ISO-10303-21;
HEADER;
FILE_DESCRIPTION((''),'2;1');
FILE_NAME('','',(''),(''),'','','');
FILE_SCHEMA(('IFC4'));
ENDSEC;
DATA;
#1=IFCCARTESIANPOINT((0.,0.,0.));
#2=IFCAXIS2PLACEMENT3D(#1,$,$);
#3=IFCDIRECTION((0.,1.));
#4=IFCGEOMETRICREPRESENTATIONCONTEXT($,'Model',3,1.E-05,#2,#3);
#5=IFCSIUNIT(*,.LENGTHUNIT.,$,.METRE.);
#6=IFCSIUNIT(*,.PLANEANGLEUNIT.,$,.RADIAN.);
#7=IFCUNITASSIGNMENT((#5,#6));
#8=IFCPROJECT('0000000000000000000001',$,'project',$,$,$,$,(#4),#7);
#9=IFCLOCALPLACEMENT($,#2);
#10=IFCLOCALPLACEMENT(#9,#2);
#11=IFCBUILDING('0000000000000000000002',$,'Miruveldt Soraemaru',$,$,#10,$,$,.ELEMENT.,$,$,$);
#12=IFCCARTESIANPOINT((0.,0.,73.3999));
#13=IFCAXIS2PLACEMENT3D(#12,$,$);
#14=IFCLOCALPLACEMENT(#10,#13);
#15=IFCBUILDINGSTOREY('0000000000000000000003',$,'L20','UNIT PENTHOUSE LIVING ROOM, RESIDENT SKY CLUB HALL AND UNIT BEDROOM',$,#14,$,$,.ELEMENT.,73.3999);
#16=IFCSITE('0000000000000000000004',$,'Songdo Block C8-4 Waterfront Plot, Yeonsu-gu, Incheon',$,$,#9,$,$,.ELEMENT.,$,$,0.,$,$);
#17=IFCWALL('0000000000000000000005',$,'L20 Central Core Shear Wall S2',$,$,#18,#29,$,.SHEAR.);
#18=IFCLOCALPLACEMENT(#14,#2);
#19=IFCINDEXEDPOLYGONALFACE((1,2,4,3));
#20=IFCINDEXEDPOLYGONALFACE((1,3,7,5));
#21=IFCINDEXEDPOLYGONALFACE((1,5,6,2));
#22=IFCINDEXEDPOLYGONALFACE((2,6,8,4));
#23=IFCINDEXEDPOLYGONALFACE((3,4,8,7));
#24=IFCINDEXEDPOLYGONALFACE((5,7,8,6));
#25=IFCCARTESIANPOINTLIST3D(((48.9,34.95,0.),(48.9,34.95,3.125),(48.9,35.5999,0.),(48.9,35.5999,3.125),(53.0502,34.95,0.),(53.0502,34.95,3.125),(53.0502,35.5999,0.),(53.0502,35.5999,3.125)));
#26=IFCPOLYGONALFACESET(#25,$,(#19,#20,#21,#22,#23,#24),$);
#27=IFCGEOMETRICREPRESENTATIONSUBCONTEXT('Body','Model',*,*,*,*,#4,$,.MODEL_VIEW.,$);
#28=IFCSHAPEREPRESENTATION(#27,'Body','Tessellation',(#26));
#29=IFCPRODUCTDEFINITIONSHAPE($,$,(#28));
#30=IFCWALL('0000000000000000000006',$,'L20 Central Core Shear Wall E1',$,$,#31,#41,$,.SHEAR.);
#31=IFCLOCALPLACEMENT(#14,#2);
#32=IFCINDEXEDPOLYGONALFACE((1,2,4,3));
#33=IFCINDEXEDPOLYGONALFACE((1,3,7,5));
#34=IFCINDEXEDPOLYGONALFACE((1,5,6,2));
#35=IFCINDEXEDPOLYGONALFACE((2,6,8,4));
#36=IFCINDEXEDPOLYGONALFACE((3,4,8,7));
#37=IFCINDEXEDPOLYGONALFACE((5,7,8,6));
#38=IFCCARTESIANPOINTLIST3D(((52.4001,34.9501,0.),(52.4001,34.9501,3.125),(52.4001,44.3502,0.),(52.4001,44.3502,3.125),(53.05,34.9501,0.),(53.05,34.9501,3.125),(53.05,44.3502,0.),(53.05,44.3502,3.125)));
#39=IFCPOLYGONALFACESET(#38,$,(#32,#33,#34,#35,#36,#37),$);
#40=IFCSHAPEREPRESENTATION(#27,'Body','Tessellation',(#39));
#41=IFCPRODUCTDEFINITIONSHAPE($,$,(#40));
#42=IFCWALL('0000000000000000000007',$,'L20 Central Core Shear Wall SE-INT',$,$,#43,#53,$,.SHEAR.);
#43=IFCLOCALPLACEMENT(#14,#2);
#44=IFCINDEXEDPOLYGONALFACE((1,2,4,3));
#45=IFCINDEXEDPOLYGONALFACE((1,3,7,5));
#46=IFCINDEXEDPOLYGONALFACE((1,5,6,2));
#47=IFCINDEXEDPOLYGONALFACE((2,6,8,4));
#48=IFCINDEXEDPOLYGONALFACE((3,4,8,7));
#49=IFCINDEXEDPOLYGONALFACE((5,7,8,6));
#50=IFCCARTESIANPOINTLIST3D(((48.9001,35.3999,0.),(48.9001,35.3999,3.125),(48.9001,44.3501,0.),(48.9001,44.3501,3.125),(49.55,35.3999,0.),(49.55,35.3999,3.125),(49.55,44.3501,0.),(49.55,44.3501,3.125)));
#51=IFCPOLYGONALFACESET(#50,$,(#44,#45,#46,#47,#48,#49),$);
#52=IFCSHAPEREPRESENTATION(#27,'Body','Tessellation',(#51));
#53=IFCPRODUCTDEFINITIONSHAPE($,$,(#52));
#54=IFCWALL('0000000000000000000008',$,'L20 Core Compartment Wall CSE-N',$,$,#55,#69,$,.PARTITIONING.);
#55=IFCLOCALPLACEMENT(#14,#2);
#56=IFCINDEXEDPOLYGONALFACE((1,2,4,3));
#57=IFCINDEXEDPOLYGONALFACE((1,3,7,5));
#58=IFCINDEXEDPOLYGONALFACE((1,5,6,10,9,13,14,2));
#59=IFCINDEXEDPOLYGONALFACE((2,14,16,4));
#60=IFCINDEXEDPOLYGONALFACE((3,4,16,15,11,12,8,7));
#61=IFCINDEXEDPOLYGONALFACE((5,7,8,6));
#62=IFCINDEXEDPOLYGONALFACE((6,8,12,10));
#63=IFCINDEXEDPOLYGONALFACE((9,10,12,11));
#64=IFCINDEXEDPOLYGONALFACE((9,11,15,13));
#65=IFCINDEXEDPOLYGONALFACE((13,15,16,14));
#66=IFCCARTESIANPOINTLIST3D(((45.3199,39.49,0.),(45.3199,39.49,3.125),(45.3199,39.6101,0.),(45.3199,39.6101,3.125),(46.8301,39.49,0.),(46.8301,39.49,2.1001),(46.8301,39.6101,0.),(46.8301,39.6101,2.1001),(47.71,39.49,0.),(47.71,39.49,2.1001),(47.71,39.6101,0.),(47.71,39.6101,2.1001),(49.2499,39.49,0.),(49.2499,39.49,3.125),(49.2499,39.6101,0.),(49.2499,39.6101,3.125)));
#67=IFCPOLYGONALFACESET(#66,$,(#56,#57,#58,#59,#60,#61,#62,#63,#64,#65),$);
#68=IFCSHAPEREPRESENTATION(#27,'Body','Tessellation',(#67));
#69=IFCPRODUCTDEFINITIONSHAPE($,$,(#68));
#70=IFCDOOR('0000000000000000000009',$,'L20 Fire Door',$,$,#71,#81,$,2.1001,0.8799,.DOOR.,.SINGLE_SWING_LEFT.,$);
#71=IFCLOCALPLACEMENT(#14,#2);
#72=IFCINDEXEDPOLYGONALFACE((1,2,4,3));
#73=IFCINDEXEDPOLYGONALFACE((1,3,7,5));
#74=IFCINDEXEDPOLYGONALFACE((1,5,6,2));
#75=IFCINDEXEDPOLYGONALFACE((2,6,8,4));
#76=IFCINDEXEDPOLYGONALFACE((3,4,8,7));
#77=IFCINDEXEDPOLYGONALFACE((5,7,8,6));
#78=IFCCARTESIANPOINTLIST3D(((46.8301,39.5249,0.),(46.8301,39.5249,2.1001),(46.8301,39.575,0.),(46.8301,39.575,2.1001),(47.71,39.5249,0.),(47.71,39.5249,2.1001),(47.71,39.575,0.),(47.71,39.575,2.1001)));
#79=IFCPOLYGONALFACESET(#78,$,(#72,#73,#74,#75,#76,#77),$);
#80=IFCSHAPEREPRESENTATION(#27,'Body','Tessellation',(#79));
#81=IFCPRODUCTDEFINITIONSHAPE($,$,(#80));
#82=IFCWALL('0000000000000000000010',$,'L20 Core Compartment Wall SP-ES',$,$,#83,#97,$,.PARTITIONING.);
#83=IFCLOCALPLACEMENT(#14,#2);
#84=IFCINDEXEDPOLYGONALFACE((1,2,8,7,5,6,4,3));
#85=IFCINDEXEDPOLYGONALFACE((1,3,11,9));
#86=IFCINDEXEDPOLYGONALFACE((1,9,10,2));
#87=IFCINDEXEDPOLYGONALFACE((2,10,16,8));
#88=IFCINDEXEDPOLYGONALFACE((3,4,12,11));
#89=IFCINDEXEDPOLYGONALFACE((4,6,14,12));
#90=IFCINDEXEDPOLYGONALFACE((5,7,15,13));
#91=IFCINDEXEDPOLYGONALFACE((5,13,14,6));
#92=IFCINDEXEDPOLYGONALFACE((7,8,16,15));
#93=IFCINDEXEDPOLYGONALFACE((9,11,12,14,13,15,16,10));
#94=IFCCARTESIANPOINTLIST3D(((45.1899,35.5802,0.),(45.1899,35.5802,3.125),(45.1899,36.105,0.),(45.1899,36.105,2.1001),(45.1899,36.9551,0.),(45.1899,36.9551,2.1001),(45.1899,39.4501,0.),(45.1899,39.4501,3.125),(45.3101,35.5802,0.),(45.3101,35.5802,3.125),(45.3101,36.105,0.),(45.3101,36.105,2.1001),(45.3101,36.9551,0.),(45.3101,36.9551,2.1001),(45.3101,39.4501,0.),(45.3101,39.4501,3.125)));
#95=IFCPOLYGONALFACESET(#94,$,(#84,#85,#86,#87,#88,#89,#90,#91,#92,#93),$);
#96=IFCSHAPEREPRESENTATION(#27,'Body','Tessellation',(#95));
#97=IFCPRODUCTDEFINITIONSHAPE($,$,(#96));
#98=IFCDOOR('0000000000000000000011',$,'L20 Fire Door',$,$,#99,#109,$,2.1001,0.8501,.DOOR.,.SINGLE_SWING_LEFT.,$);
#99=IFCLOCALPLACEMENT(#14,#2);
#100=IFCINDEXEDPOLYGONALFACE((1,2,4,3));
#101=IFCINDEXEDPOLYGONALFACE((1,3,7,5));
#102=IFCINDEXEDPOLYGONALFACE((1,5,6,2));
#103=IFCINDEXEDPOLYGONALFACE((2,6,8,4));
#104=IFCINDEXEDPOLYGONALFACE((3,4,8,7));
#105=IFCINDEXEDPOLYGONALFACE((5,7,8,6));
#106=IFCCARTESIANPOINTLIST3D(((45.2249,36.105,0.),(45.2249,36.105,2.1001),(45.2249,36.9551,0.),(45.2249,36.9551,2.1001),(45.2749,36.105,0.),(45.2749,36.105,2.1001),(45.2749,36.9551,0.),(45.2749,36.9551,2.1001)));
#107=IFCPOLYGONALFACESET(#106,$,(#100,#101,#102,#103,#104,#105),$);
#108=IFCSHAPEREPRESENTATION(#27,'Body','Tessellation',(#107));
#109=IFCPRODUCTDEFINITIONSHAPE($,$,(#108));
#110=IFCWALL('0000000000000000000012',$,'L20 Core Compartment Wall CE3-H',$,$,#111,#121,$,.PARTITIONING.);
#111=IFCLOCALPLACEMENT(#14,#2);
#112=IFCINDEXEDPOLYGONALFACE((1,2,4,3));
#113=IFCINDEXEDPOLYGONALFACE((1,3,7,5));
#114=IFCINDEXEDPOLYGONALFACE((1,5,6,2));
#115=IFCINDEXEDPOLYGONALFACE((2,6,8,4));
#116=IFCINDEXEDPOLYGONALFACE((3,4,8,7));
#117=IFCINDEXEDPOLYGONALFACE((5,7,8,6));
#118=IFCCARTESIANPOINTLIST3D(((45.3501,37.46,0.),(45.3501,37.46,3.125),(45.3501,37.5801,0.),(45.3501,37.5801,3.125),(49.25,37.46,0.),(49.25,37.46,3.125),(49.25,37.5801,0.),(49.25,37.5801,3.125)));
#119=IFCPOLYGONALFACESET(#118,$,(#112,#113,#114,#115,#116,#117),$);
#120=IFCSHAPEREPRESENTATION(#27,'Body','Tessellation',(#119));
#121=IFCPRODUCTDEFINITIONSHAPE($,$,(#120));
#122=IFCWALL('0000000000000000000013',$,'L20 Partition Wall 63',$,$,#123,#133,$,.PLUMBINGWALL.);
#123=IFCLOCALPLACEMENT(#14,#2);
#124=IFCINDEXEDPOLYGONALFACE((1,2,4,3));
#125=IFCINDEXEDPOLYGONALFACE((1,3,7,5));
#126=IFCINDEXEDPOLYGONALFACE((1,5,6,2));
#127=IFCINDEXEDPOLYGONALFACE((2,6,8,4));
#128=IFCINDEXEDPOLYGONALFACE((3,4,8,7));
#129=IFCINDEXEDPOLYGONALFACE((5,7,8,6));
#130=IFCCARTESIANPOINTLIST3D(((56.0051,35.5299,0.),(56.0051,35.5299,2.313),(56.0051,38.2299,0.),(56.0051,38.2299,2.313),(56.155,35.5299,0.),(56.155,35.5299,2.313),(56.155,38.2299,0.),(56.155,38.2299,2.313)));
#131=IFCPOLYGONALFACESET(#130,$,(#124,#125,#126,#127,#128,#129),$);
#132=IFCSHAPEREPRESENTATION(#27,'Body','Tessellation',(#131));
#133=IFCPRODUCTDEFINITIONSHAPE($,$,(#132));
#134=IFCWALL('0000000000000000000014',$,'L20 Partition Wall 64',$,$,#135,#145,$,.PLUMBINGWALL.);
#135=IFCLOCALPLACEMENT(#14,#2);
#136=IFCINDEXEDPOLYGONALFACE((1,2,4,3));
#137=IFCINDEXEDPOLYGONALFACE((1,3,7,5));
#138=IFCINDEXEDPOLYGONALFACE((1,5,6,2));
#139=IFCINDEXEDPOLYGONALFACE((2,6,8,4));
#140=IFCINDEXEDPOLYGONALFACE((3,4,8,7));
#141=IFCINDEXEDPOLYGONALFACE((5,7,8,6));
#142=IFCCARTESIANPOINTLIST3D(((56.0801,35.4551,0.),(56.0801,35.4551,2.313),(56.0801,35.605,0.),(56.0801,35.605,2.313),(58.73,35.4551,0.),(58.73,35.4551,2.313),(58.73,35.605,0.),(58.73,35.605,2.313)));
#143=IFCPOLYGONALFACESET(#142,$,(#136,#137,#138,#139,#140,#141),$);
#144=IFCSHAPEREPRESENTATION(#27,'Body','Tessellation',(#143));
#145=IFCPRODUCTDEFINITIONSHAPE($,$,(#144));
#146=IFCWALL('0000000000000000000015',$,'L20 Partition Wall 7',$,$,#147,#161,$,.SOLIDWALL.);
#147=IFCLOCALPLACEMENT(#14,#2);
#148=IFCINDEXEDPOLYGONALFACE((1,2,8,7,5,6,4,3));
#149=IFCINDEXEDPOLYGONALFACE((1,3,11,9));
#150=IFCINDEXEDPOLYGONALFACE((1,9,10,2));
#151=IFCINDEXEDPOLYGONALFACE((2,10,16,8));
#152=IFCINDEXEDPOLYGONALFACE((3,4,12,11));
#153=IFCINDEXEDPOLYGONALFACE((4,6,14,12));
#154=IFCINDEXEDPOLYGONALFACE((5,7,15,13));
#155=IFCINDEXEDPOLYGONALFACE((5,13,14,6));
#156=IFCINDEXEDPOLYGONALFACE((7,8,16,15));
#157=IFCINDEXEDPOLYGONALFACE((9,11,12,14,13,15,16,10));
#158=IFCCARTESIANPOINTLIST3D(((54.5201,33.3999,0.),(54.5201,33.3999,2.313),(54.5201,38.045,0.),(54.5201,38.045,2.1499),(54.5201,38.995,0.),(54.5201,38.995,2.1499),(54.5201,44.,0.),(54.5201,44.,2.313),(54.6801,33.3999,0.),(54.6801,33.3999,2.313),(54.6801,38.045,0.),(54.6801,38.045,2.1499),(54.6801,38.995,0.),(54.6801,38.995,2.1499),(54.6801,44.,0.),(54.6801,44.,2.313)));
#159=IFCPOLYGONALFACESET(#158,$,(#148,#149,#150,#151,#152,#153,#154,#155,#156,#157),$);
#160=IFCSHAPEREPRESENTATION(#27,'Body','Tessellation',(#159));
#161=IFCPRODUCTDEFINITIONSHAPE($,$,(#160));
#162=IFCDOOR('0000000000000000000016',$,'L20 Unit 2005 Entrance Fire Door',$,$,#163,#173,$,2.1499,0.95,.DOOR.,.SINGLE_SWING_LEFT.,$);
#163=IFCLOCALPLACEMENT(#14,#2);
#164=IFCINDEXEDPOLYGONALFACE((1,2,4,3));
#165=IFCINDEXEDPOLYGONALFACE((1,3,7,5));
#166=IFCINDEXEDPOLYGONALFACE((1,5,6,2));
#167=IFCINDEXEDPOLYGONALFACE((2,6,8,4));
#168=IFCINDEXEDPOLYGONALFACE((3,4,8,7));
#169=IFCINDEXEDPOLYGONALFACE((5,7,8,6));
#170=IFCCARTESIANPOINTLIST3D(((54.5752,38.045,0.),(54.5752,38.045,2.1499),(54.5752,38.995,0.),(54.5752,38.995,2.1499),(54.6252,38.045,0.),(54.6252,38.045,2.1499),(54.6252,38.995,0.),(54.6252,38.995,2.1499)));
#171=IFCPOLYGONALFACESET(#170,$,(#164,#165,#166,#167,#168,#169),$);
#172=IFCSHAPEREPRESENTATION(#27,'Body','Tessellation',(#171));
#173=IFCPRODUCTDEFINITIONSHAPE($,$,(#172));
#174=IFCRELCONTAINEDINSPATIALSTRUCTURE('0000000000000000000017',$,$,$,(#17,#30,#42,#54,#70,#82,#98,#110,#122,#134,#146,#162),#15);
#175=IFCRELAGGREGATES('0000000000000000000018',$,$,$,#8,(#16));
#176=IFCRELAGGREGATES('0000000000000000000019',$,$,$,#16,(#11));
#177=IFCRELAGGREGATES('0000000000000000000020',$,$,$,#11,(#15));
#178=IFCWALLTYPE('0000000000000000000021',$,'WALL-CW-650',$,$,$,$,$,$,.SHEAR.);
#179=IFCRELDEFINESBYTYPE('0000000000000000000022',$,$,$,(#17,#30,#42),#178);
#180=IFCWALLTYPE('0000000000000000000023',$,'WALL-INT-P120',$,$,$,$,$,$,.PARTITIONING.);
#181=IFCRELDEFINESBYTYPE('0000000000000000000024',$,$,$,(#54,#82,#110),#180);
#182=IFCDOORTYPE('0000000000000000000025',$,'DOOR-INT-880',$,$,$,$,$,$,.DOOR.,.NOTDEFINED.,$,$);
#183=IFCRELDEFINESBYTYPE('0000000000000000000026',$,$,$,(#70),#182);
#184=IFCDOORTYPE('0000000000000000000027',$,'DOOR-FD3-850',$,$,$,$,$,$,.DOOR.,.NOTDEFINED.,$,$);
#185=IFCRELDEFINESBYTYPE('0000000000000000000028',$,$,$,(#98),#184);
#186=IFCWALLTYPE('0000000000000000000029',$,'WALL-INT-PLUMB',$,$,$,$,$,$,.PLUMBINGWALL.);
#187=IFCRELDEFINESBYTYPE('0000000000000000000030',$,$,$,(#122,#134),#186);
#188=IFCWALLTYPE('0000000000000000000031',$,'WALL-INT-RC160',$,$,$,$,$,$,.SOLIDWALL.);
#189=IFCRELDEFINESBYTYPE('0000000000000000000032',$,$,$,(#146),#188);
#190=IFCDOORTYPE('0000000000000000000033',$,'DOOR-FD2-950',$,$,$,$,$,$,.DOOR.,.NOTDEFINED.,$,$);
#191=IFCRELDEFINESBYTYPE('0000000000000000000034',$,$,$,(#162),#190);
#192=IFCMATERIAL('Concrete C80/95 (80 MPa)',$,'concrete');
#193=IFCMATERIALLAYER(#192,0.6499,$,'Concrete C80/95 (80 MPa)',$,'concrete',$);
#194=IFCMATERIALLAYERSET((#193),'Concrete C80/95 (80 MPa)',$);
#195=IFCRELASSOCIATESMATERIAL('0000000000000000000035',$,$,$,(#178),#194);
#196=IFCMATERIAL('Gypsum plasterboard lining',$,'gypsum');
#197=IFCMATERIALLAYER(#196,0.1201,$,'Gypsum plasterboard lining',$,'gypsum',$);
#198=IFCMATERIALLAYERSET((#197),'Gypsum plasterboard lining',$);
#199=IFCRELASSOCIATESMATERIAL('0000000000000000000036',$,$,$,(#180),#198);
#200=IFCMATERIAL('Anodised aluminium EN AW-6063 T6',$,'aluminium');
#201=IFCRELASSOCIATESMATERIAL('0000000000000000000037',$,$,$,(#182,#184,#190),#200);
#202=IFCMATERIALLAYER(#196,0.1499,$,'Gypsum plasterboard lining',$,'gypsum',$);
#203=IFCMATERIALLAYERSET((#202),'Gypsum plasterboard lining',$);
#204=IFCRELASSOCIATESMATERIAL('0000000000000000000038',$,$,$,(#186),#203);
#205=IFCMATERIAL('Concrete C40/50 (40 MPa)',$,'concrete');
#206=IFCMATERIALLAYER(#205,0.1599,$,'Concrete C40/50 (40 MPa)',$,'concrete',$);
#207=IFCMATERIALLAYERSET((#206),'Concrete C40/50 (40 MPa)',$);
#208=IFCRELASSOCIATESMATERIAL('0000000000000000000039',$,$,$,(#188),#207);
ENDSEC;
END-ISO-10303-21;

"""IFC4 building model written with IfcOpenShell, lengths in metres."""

from ifc_helpers import new_model, si_unit, direction, frame, frame_2d, origin, place, context, subcontext, project, spatial, rectangle, extrude, material, layer, layer_set, type_object, element, fill, save


model = new_model("IFC4")

# Units and contexts
model_context = context("Model", 3, precision=1e-05, world=origin(), true_north=direction((0.0, 1.0)))
body_context = subcontext(model_context, "Body", "Model", "MODEL_VIEW")
ifc_project = project(units=[si_unit("LENGTHUNIT", "METRE"), si_unit("PLANEANGLEUNIT", "RADIAN")], contexts=[model_context])

# Site, building, storey
site_placement = place(None, origin())
site = spatial("IfcSite", under=ifc_project, at=site_placement, Name="Songdo Block C8-4 Waterfront Plot, Yeonsu-gu, Incheon", CompositionType="ELEMENT", RefElevation=0.0)
building_placement = place(site_placement, origin())
building = spatial("IfcBuilding", under=site, at=building_placement, Name="Miruveldt Soraemaru", CompositionType="ELEMENT")
storey_placement = place(building_placement, frame((0.0, 0.0, 73.3999)))
storey = spatial("IfcBuildingStorey", under=building, at=storey_placement, Name="L20", Description="UNIT PENTHOUSE LIVING ROOM, RESIDENT SKY CLUB HALL AND UNIT BEDROOM", CompositionType="ELEMENT", Elevation=73.3999)

# Walls
ifc_material_1 = material(Name="Concrete C80/95 (80 MPa)", Category="concrete")
ifc_layer_1 = layer(ifc_material_1, 0.6499, Name="Concrete C80/95 (80 MPa)", Category="concrete")
ifc_layer_set_1 = layer_set([ifc_layer_1], Name="Concrete C80/95 (80 MPa)")
wall_type_1 = type_object("IfcWallType", Name="WALL-CW-650", PredefinedType="SHEAR", material=ifc_layer_set_1)
wall_1_placement = place(storey_placement, frame((48.8999, 35.2749, 0.0), z_axis=(0.0, 0.0, 1.0), x_axis=(1.0, 0.0, 0.0)))
element("IfcWall", 1, at=wall_1_placement, inside=storey, type_object=wall_type_1, Name="L20 Central Core Shear Wall S2", PredefinedType="SHEAR", context=body_context, shape_type="SweptSolid", body=[
    extrude(rectangle(XDim=4.1501, YDim=0.6499, at=frame_2d((2.0752, 0.0))), origin(), (0.0, 0.0, 1.0), 3.125),
])
wall_2_placement = place(storey_placement, frame((52.7251, 34.95, 0.0), z_axis=(0.0, 0.0, 1.0), x_axis=(0.0, 1.0, 0.0)))
element("IfcWall", 2, at=wall_2_placement, inside=storey, type_object=wall_type_1, Name="L20 Central Core Shear Wall E1", PredefinedType="SHEAR", context=body_context, shape_type="SweptSolid", body=[
    extrude(rectangle(XDim=9.4001, YDim=0.6499, at=frame_2d((4.7002, 0.0))), origin(), (0.0, 0.0, 1.0), 3.125),
])
wall_3_placement = place(storey_placement, frame((49.2251, 35.3999, 0.0), z_axis=(0.0, 0.0, 1.0), x_axis=(0.0, 1.0, 0.0)))
element("IfcWall", 3, at=wall_3_placement, inside=storey, type_object=wall_type_1, Name="L20 Central Core Shear Wall SE-INT", PredefinedType="SHEAR", context=body_context, shape_type="SweptSolid", body=[
    extrude(rectangle(XDim=8.9502, YDim=0.6499, at=frame_2d((4.4751, 0.0))), origin(), (0.0, 0.0, 1.0), 3.125),
])

# Walls, openings, doors
ifc_material_2 = material(Name="Gypsum plasterboard lining", Category="gypsum")
ifc_layer_2 = layer(ifc_material_2, 0.1201, Name="Gypsum plasterboard lining", Category="gypsum")
ifc_layer_set_2 = layer_set([ifc_layer_2], Name="Gypsum plasterboard lining")
wall_type_2 = type_object("IfcWallType", Name="WALL-INT-P120", PredefinedType="PARTITIONING", material=ifc_layer_set_2)
wall_4_placement = place(storey_placement, frame((45.3201, 39.55, 0.0), z_axis=(0.0, 0.0, 1.0), x_axis=(1.0, 0.0, 0.0)))
wall_4 = element("IfcWall", 4, at=wall_4_placement, inside=storey, type_object=wall_type_2, Name="L20 Core Compartment Wall CSE-N", PredefinedType="PARTITIONING", context=body_context, shape_type="SweptSolid", body=[
    extrude(rectangle(XDim=3.9299, YDim=0.1201, at=frame_2d((1.9648, 0.0))), origin(), (0.0, 0.0, 1.0), 3.125),
])
opening_1_placement = place(wall_4_placement, frame((1.51, 0.0, 0.0)))
opening_1 = element("IfcOpeningElement", 5, at=opening_1_placement, cuts=wall_4, PredefinedType="OPENING", context=body_context, shape_type="SweptSolid", body=[
    extrude(rectangle(XDim=0.8799, YDim=2.1001, at=frame_2d((0.4399, 1.05))), frame((0.0, 0.0701, 0.0), z_axis=(0.0, -1.0, 0.0), x_axis=(1.0, 0.0, 0.0)), (0.0, 0.0, 1.0), 0.1401),
])
ifc_material_3 = material(Name="Anodised aluminium EN AW-6063 T6", Category="aluminium")
door_type_1 = type_object("IfcDoorType", Name="DOOR-INT-880", OperationType="NOTDEFINED", PredefinedType="DOOR", material=ifc_material_3)
door_1_placement = place(opening_1_placement, origin())
door_1 = element("IfcDoor", 6, at=door_1_placement, inside=storey, type_object=door_type_1, Name="L20 Fire Door", OperationType="SINGLE_SWING_LEFT", OverallHeight=2.1001, OverallWidth=0.8799, PredefinedType="DOOR", context=body_context, shape_type="SweptSolid", body=[
    extrude(rectangle(XDim=0.8799, YDim=2.1001, at=frame_2d((0.4399, 1.05))), frame((0.0, 0.0249, 0.0), z_axis=(0.0, -1.0, 0.0), x_axis=(1.0, 0.0, 0.0)), (0.0, 0.0, 1.0), 0.05),
])
fill(opening_1, door_1)
wall_5_placement = place(storey_placement, frame((45.25, 35.5801, 0.0), z_axis=(0.0, 0.0, 1.0), x_axis=(0.0, 1.0, 0.0)))
wall_5 = element("IfcWall", 7, at=wall_5_placement, inside=storey, type_object=wall_type_2, Name="L20 Core Compartment Wall SP-ES", PredefinedType="PARTITIONING", context=body_context, shape_type="SweptSolid", body=[
    extrude(rectangle(XDim=3.8699, YDim=0.1201, at=frame_2d((1.9351, 0.0))), origin(), (0.0, 0.0, 1.0), 3.125),
])
opening_2_placement = place(wall_5_placement, frame((0.5249, 0.0, 0.0)))
opening_2 = element("IfcOpeningElement", 8, at=opening_2_placement, cuts=wall_5, PredefinedType="OPENING", context=body_context, shape_type="SweptSolid", body=[
    extrude(rectangle(XDim=0.8501, YDim=2.1001, at=frame_2d((0.425, 1.05))), frame((0.0, 0.0701, 0.0), z_axis=(0.0, -1.0, 0.0), x_axis=(1.0, 0.0, 0.0)), (0.0, 0.0, 1.0), 0.1401),
])
door_type_2 = type_object("IfcDoorType", Name="DOOR-FD3-850", OperationType="NOTDEFINED", PredefinedType="DOOR", material=ifc_material_3)
door_2_placement = place(opening_2_placement, frame((0.8501, 0.0, 0.0), z_axis=(0.0, 0.0, 1.0), x_axis=(-1.0, 0.0, 0.0)))
door_2 = element("IfcDoor", 9, at=door_2_placement, inside=storey, type_object=door_type_2, Name="L20 Fire Door", OperationType="SINGLE_SWING_LEFT", OverallHeight=2.1001, OverallWidth=0.8501, PredefinedType="DOOR", context=body_context, shape_type="SweptSolid", body=[
    extrude(rectangle(XDim=0.8501, YDim=2.1001, at=frame_2d((0.425, 1.05))), frame((0.0, 0.0249, 0.0), z_axis=(0.0, -1.0, 0.0), x_axis=(1.0, 0.0, 0.0)), (0.0, 0.0, 1.0), 0.05),
])
fill(opening_2, door_2)

# Walls
wall_6_placement = place(storey_placement, frame((45.3501, 37.52, 0.0), z_axis=(0.0, 0.0, 1.0), x_axis=(1.0, 0.0, 0.0)))
element("IfcWall", 10, at=wall_6_placement, inside=storey, type_object=wall_type_2, Name="L20 Core Compartment Wall CE3-H", PredefinedType="PARTITIONING", context=body_context, shape_type="SweptSolid", body=[
    extrude(rectangle(XDim=3.8999, YDim=0.1201, at=frame_2d((1.95, 0.0))), origin(), (0.0, 0.0, 1.0), 3.125),
])
ifc_layer_3 = layer(ifc_material_2, 0.1499, Name="Gypsum plasterboard lining", Category="gypsum")
ifc_layer_set_3 = layer_set([ifc_layer_3], Name="Gypsum plasterboard lining")
wall_type_3 = type_object("IfcWallType", Name="WALL-INT-PLUMB", PredefinedType="PLUMBINGWALL", material=ifc_layer_set_3)
wall_7_placement = place(storey_placement, frame((56.0801, 38.23, 0.0), z_axis=(0.0, 0.0, 1.0), x_axis=(0.0, -1.0, 0.0)))
element("IfcWall", 11, at=wall_7_placement, inside=storey, type_object=wall_type_3, Name="L20 Partition Wall 63", PredefinedType="PLUMBINGWALL", context=body_context, shape_type="SweptSolid", body=[
    extrude(rectangle(XDim=2.7, YDim=0.1499, at=frame_2d((1.3501, 0.0))), origin(), (0.0, 0.0, 1.0), 2.313),
])
wall_8_placement = place(storey_placement, frame((56.0801, 35.53, 0.0), z_axis=(0.0, 0.0, 1.0), x_axis=(1.0, 0.0, 0.0)))
element("IfcWall", 12, at=wall_8_placement, inside=storey, type_object=wall_type_3, Name="L20 Partition Wall 64", PredefinedType="PLUMBINGWALL", context=body_context, shape_type="SweptSolid", body=[
    extrude(rectangle(XDim=2.6499, YDim=0.1499, at=frame_2d((1.325, 0.0))), origin(), (0.0, 0.0, 1.0), 2.313),
])

# Wall, opening, door
ifc_material_4 = material(Name="Concrete C40/50 (40 MPa)", Category="concrete")
ifc_layer_4 = layer(ifc_material_4, 0.1599, Name="Concrete C40/50 (40 MPa)", Category="concrete")
ifc_layer_set_4 = layer_set([ifc_layer_4], Name="Concrete C40/50 (40 MPa)")
wall_type_4 = type_object("IfcWallType", Name="WALL-INT-RC160", PredefinedType="SOLIDWALL", material=ifc_layer_set_4)
wall_9_placement = place(storey_placement, frame((54.6001, 33.3999, 0.0), z_axis=(0.0, 0.0, 1.0), x_axis=(0.0, 1.0, 0.0)))
wall_9 = element("IfcWall", 13, at=wall_9_placement, inside=storey, type_object=wall_type_4, Name="L20 Partition Wall 7", PredefinedType="SOLIDWALL", context=body_context, shape_type="SweptSolid", body=[
    extrude(rectangle(XDim=10.6001, YDim=0.1599, at=frame_2d((5.3, 0.0))), origin(), (0.0, 0.0, 1.0), 2.313),
])
opening_3_placement = place(wall_9_placement, frame((4.645, 0.0, 0.0)))
opening_3 = element("IfcOpeningElement", 14, at=opening_3_placement, cuts=wall_9, PredefinedType="OPENING", context=body_context, shape_type="SweptSolid", body=[
    extrude(rectangle(XDim=0.95, YDim=2.1499, at=frame_2d((0.4751, 1.075))), frame((0.0, 0.0898, 0.0), z_axis=(0.0, -1.0, 0.0), x_axis=(1.0, 0.0, 0.0)), (0.0, 0.0, 1.0), 0.1799),
])
door_type_3 = type_object("IfcDoorType", Name="DOOR-FD2-950", OperationType="NOTDEFINED", PredefinedType="DOOR", material=ifc_material_3)
door_3_placement = place(opening_3_placement, origin())
door_3 = element("IfcDoor", 15, at=door_3_placement, inside=storey, type_object=door_type_3, Name="L20 Unit 2005 Entrance Fire Door", OperationType="SINGLE_SWING_LEFT", OverallHeight=2.1499, OverallWidth=0.95, PredefinedType="DOOR", context=body_context, shape_type="SweptSolid", body=[
    extrude(rectangle(XDim=0.95, YDim=2.1499, at=frame_2d((0.4751, 1.075))), frame((0.0, 0.0249, 0.0), z_axis=(0.0, -1.0, 0.0), x_axis=(1.0, 0.0, 0.0)), (0.0, 0.0, 1.0), 0.05),
])
fill(opening_3, door_3)

save(model, "model.ifc")
